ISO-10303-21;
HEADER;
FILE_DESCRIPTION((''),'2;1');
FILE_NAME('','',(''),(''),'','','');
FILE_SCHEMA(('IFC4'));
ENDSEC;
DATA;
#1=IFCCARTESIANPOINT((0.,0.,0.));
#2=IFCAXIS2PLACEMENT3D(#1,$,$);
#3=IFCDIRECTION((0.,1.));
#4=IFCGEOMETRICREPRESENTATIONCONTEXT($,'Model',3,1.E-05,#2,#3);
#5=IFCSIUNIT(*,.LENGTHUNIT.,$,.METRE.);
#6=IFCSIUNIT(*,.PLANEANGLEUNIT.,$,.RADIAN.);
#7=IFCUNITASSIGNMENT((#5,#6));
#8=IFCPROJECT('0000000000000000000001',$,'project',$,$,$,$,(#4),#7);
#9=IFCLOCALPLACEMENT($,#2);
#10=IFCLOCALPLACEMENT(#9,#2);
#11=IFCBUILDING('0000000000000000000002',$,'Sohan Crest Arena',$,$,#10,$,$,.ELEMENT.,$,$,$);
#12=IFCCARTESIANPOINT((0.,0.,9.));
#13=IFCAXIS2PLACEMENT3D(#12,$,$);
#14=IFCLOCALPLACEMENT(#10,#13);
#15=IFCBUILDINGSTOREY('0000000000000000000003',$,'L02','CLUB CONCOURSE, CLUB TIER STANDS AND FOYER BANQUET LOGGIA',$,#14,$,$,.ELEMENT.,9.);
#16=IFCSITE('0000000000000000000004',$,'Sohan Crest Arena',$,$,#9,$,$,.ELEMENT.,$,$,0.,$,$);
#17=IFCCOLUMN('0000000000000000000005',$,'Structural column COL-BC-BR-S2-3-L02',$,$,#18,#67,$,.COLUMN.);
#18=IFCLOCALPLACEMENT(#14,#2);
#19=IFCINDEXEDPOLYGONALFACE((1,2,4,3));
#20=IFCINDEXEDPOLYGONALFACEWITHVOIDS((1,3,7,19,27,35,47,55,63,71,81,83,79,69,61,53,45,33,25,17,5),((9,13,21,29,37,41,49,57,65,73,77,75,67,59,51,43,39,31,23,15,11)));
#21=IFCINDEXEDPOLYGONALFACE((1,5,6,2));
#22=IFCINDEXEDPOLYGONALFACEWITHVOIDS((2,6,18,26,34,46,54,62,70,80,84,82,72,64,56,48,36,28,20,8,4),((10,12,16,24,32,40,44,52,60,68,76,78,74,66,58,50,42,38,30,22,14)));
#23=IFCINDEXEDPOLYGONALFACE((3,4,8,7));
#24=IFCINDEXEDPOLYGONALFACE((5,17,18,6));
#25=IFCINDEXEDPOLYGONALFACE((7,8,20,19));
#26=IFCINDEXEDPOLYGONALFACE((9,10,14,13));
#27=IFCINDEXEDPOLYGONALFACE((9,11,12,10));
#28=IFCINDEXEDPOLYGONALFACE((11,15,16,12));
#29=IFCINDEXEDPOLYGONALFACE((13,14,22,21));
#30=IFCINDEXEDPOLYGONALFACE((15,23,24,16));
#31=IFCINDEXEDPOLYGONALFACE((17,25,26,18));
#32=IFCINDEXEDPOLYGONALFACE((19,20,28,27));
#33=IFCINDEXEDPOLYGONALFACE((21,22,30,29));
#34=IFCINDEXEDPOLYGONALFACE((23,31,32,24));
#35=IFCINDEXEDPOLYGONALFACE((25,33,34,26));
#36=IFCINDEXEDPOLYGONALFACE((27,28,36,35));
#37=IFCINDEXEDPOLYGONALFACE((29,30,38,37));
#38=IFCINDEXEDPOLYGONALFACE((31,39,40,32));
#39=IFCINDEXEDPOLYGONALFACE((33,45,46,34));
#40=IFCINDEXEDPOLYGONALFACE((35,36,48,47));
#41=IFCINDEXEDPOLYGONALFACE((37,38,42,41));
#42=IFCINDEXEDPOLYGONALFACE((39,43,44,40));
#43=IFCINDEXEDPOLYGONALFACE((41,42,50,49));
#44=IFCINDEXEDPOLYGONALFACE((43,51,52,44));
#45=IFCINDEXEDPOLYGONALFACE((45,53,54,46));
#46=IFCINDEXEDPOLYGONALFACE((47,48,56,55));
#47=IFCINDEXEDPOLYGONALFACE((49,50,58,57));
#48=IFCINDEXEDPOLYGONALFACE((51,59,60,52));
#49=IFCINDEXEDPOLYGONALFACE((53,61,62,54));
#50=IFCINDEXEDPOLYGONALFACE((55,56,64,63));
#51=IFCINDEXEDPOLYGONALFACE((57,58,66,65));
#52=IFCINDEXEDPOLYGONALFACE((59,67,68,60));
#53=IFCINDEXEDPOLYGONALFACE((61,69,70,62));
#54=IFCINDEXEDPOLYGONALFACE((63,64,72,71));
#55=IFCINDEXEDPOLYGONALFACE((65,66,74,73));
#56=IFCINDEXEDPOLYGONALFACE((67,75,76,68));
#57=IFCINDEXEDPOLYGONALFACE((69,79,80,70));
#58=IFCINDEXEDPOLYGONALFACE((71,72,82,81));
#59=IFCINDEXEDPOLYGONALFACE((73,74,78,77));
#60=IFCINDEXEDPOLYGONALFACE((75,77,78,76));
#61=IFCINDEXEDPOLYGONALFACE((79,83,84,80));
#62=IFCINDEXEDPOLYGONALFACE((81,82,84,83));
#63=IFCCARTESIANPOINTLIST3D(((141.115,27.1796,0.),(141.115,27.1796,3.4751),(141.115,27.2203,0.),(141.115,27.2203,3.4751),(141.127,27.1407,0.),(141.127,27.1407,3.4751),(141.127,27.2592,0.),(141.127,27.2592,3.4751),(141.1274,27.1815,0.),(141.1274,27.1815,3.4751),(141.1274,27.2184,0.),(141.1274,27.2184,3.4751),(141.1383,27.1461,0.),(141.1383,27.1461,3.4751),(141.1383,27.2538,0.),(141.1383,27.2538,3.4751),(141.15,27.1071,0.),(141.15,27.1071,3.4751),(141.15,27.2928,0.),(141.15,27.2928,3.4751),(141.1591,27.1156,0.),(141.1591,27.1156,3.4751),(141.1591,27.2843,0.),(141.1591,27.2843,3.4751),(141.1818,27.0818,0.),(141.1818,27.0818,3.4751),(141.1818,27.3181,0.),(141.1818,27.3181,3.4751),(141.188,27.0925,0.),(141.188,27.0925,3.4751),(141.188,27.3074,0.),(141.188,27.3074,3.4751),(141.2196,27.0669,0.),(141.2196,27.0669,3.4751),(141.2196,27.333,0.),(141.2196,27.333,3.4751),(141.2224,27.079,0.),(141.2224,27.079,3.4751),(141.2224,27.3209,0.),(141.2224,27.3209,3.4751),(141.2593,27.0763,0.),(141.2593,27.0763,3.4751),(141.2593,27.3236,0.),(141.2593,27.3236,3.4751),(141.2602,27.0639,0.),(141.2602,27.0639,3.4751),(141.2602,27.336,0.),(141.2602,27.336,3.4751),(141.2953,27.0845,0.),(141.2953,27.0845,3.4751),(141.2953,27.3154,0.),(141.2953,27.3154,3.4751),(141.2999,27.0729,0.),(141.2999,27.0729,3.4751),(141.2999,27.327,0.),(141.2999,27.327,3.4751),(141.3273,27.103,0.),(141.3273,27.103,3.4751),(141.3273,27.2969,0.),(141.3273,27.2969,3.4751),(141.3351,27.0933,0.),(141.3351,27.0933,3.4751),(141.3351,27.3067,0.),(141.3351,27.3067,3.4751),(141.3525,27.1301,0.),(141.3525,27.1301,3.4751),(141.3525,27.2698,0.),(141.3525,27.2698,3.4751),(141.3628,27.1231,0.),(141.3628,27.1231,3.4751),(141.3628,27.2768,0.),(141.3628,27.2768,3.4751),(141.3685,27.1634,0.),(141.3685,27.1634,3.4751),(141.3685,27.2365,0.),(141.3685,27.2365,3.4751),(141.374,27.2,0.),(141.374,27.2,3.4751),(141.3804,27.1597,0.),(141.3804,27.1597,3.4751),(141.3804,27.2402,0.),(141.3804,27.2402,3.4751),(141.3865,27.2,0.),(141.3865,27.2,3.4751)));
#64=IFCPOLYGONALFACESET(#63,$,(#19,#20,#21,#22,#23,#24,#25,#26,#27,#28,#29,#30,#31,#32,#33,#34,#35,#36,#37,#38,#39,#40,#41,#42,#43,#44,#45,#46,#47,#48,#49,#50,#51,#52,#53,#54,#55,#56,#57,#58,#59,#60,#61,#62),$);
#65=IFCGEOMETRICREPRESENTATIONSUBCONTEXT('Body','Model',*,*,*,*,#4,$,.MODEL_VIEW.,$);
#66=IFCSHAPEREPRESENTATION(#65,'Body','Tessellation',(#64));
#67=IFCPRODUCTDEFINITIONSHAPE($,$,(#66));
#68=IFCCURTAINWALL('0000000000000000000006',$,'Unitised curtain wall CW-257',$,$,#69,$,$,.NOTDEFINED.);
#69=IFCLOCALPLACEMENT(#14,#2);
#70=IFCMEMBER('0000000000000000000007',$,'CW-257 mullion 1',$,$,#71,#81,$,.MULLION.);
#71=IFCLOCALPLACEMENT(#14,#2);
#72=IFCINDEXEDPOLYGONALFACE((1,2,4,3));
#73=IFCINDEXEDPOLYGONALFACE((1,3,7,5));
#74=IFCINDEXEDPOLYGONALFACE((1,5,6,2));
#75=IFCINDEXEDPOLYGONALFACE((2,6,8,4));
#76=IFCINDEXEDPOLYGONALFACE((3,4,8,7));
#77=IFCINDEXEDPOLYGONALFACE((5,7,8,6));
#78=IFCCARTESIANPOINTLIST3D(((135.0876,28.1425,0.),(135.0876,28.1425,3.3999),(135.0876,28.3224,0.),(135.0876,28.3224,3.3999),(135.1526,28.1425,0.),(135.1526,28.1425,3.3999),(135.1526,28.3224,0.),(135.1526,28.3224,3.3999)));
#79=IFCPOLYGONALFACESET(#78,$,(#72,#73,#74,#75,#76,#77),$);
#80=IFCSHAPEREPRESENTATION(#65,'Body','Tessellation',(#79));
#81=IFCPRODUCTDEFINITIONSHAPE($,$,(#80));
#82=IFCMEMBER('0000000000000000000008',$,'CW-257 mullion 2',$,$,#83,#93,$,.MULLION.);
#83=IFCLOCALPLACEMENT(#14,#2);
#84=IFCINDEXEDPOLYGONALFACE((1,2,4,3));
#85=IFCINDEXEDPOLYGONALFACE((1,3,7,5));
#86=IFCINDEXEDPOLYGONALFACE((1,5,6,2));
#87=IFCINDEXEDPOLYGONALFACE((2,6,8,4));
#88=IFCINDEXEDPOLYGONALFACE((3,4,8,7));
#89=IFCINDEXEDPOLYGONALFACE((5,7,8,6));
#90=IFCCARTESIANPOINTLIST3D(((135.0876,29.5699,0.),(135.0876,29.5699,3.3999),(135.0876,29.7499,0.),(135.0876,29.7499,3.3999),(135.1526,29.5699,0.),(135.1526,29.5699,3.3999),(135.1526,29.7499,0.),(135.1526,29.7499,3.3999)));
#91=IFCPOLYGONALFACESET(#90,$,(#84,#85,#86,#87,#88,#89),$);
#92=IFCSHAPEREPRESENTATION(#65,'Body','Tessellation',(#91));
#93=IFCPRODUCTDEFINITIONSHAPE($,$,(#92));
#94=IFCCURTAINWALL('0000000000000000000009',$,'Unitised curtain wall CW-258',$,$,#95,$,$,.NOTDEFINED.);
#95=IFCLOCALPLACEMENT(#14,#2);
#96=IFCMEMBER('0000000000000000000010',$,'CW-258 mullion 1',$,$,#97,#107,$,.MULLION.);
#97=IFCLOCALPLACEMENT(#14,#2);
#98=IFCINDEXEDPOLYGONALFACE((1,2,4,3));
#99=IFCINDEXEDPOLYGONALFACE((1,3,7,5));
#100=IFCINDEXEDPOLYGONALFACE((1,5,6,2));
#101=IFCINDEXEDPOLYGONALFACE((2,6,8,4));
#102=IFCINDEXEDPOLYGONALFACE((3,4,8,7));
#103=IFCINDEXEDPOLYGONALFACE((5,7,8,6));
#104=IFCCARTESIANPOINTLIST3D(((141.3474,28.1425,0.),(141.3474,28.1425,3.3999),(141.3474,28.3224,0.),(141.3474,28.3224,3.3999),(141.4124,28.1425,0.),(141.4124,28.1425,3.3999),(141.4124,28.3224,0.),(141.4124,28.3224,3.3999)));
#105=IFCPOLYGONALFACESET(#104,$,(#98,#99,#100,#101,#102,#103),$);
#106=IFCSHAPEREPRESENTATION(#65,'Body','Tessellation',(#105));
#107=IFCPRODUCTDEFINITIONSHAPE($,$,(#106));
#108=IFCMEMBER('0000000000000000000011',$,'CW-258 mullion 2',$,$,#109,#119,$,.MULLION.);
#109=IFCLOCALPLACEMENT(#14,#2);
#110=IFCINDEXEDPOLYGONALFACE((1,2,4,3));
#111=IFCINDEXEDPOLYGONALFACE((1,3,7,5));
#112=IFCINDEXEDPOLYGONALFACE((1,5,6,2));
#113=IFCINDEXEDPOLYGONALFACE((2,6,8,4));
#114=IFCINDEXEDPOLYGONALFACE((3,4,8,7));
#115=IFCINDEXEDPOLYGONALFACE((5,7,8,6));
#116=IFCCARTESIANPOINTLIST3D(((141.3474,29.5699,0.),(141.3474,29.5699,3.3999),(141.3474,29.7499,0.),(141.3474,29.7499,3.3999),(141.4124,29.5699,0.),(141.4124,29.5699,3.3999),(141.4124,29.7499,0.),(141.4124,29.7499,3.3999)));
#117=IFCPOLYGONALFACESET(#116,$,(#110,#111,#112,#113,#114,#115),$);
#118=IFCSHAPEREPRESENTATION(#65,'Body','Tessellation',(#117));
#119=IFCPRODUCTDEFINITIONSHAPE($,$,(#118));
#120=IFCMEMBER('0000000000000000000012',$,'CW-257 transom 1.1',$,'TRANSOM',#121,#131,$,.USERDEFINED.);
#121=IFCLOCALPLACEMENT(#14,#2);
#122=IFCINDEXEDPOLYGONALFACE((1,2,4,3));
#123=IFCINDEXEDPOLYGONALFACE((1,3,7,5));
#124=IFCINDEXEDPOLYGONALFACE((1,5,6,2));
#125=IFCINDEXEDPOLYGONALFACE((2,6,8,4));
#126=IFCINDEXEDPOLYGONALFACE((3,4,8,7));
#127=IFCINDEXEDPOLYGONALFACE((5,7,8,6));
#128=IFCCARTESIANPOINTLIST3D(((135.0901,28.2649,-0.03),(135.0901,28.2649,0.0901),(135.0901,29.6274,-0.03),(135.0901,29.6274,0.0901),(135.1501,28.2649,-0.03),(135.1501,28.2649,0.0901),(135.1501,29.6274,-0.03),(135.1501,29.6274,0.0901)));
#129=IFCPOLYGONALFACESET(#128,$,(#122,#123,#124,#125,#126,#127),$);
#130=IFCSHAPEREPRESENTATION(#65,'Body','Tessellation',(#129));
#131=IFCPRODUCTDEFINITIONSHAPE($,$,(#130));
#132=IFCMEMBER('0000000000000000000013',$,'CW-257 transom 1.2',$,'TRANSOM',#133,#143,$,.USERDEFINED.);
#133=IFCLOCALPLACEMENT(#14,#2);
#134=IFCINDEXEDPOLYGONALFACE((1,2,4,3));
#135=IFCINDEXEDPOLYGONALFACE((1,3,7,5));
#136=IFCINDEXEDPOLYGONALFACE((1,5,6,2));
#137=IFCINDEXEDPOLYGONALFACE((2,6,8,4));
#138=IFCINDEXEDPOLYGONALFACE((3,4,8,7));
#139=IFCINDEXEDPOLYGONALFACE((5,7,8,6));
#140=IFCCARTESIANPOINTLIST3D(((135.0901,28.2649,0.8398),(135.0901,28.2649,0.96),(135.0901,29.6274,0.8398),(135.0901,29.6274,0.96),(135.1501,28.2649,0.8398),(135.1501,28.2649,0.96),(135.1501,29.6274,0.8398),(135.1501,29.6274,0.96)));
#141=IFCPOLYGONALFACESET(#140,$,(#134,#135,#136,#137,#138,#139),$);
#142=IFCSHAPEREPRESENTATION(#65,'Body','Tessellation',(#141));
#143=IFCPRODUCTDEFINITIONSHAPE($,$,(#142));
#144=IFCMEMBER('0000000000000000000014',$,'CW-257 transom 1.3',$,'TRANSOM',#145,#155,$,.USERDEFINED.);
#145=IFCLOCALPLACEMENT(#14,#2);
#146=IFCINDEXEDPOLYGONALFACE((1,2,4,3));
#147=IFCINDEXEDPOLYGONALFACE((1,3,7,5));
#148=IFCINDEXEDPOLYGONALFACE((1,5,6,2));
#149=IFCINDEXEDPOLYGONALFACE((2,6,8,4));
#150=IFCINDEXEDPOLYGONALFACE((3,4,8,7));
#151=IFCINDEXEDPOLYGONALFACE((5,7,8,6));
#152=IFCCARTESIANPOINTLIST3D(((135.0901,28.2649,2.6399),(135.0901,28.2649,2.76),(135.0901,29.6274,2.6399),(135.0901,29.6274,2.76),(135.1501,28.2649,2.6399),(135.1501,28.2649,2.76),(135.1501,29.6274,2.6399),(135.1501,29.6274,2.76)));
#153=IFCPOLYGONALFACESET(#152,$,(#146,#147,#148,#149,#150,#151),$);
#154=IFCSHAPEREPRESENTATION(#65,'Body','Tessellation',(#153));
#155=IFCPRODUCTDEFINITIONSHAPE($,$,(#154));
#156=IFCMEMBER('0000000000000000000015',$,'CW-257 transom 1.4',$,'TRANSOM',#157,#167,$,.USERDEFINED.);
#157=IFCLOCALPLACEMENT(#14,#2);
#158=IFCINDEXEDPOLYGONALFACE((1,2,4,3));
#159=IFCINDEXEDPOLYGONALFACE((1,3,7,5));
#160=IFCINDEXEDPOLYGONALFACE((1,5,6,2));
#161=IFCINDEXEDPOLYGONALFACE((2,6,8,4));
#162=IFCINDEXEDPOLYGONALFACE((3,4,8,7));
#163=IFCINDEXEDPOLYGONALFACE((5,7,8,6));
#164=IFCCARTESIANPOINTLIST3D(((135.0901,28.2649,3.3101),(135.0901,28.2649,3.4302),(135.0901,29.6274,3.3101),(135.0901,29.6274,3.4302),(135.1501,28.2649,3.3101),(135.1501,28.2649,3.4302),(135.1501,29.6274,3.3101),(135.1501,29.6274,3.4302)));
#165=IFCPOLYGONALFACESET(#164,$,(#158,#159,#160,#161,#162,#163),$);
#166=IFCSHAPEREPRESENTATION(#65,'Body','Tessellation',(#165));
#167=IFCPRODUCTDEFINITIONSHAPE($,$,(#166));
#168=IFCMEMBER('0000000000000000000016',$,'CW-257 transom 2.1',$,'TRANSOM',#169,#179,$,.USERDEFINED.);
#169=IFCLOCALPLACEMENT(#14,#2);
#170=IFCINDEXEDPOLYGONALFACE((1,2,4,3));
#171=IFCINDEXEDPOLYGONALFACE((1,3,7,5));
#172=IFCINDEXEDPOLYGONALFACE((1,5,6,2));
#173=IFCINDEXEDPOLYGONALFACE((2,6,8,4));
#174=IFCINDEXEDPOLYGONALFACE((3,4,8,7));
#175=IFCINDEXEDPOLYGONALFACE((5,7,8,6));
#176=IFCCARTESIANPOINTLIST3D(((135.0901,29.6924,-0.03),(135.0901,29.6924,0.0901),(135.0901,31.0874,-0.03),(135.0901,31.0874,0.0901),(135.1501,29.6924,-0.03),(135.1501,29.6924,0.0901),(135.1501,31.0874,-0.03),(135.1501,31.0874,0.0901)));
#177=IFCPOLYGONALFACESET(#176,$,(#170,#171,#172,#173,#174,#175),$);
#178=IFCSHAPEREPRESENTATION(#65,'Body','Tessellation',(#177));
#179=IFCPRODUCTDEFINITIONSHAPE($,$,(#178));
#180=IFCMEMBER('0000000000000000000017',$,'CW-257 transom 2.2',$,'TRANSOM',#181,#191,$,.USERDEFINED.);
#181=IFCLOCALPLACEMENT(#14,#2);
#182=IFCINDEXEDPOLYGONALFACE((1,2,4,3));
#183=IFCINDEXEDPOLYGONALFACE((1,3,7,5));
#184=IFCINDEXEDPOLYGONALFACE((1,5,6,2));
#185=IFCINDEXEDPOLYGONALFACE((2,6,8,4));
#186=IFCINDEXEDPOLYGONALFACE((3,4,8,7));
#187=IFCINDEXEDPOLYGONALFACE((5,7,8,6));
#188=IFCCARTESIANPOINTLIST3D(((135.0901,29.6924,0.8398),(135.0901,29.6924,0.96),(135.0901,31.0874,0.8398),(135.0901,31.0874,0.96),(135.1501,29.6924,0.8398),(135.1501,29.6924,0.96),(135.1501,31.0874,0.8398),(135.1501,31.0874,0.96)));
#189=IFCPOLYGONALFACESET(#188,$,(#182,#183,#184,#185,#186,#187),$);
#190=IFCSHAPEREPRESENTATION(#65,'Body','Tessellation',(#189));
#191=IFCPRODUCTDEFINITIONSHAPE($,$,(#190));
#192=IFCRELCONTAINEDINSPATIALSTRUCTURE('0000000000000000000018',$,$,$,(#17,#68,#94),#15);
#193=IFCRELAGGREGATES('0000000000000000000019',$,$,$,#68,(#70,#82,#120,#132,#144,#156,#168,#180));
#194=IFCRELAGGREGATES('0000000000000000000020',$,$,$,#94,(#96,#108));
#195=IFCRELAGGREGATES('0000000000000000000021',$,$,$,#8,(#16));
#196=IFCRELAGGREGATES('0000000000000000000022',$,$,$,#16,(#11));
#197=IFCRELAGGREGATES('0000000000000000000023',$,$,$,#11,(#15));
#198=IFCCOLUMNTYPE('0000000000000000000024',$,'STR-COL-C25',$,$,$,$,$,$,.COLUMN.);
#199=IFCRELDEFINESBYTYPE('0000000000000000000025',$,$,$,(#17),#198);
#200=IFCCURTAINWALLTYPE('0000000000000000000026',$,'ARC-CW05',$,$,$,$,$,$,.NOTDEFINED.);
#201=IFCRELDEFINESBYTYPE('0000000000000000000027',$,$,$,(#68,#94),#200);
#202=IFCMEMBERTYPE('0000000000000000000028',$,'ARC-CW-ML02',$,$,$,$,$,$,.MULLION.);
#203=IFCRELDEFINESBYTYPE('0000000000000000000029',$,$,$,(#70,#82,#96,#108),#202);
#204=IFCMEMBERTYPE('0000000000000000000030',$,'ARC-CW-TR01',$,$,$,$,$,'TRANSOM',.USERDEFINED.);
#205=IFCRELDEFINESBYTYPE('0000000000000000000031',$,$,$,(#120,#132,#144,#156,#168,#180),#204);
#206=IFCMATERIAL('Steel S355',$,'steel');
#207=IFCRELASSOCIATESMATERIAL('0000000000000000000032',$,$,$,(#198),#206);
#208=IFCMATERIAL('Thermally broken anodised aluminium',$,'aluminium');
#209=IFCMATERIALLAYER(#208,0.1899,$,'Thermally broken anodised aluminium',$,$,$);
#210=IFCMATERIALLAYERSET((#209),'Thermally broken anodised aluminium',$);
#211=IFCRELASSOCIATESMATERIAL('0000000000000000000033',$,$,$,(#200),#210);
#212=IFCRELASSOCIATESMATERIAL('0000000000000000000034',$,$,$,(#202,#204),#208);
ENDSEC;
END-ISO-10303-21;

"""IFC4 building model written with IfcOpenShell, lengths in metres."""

from ifc_helpers import new_model, si_unit, direction, frame, origin, origin_2d, place, context, subcontext, project, spatial, rectangle, hollow_circle, extrude, material, layer, layer_set, material_profile, profile_set, type_object, element, aggregate, save


model = new_model("IFC4")

# Units and contexts
model_context = context("Model", 3, precision=1e-05, world=origin(), true_north=direction((0.0, 1.0)))
body_context = subcontext(model_context, "Body", "Model", "MODEL_VIEW")
ifc_project = project(units=[si_unit("LENGTHUNIT", "METRE"), si_unit("PLANEANGLEUNIT", "RADIAN")], contexts=[model_context])

# Site, building, storey
site_placement = place(None, origin())
site = spatial("IfcSite", under=ifc_project, at=site_placement, Name="Sohan Crest Arena", CompositionType="ELEMENT", RefElevation=0.0)
building_placement = place(site_placement, origin())
building = spatial("IfcBuilding", under=site, at=building_placement, Name="Sohan Crest Arena", CompositionType="ELEMENT")
storey_placement = place(building_placement, frame((0.0, 0.0, 9.0)))
storey = spatial("IfcBuildingStorey", under=building, at=storey_placement, Name="L02", Description="CLUB CONCOURSE, CLUB TIER STANDS AND FOYER BANQUET LOGGIA", CompositionType="ELEMENT", Elevation=9.0)

# Column
ifc_material_1 = material(Name="Steel S355", Category="steel")
ifc_material_profile_1 = material_profile(ifc_material_1, hollow_circle(Radius=0.1365, WallThickness=0.0125, at=origin_2d()), Name="CHS 273x12.5")
ifc_profile_set_1 = profile_set([ifc_material_profile_1], Name="Steel S355")
column_type = type_object("IfcColumnType", Name="STR-COL-C25", PredefinedType="COLUMN", material=ifc_profile_set_1)
column_placement = place(storey_placement, frame((141.25, 27.2, 0.0), z_axis=(0.0, 0.0, 1.0), x_axis=(1.0, 0.0, 0.0)))
element("IfcColumn", 1, at=column_placement, inside=storey, type_object=column_type, Name="Structural column COL-BC-BR-S2-3-L02", PredefinedType="COLUMN", context=body_context, shape_type="SweptSolid", body=[
    extrude(hollow_circle(Radius=0.1365, WallThickness=0.0125, at=origin_2d()), origin(), (0.0, 0.0, 1.0), 3.4751),
])

# Curtain walls, members
ifc_material_2 = material(Name="Thermally broken anodised aluminium", Category="aluminium")
ifc_layer_1 = layer(ifc_material_2, 0.1899, Name="Thermally broken anodised aluminium")
ifc_layer_set_1 = layer_set([ifc_layer_1], Name="Thermally broken anodised aluminium")
curtain_wall_type = type_object("IfcCurtainWallType", Name="ARC-CW05", PredefinedType="NOTDEFINED", material=ifc_layer_set_1)
curtain_wall_1_placement = place(storey_placement, origin())
curtain_wall_1 = element("IfcCurtainWall", 2, at=curtain_wall_1_placement, inside=storey, type_object=curtain_wall_type, Name="Unitised curtain wall CW-257", PredefinedType="NOTDEFINED")
ifc_material_profile_2 = material_profile(ifc_material_2, rectangle(XDim=0.0649, YDim=0.1799, at=origin_2d()), Name="ALU-MULL 65x180")
ifc_profile_set_2 = profile_set([ifc_material_profile_2], Name="Thermally broken anodised aluminium")
member_type_1 = type_object("IfcMemberType", Name="ARC-CW-ML02", PredefinedType="MULLION", material=ifc_profile_set_2)
member_1_placement = place(storey_placement, frame((135.1201, 28.2324, 0.0), z_axis=(0.0, 0.0, 1.0), x_axis=(-1.0, 0.0, 0.0)))
member_1 = element("IfcMember", 3, at=member_1_placement, type_object=member_type_1, Name="CW-257 mullion 1", PredefinedType="MULLION", context=body_context, shape_type="SweptSolid", body=[
    extrude(rectangle(XDim=0.0649, YDim=0.1799, at=origin_2d()), origin(), (0.0, 0.0, 1.0), 3.3999),
])
member_2_placement = place(storey_placement, frame((135.1201, 29.6599, 0.0), z_axis=(0.0, 0.0, 1.0), x_axis=(-1.0, 0.0, 0.0)))
member_2 = element("IfcMember", 4, at=member_2_placement, type_object=member_type_1, Name="CW-257 mullion 2", PredefinedType="MULLION", context=body_context, shape_type="SweptSolid", body=[
    extrude(rectangle(XDim=0.0649, YDim=0.1799, at=origin_2d()), origin(), (0.0, 0.0, 1.0), 3.3999),
])
curtain_wall_2_placement = place(storey_placement, origin())
curtain_wall_2 = element("IfcCurtainWall", 5, at=curtain_wall_2_placement, inside=storey, type_object=curtain_wall_type, Name="Unitised curtain wall CW-258", PredefinedType="NOTDEFINED")
member_3_placement = place(storey_placement, frame((141.3799, 28.2324, 0.0), z_axis=(0.0, 0.0, 1.0), x_axis=(-1.0, 0.0, 0.0)))
member_3 = element("IfcMember", 6, at=member_3_placement, type_object=member_type_1, Name="CW-258 mullion 1", PredefinedType="MULLION", context=body_context, shape_type="SweptSolid", body=[
    extrude(rectangle(XDim=0.0649, YDim=0.1799, at=origin_2d()), origin(), (0.0, 0.0, 1.0), 3.3999),
])
member_4_placement = place(storey_placement, frame((141.3799, 29.6599, 0.0), z_axis=(0.0, 0.0, 1.0), x_axis=(-1.0, 0.0, 0.0)))
member_4 = element("IfcMember", 7, at=member_4_placement, type_object=member_type_1, Name="CW-258 mullion 2", PredefinedType="MULLION", context=body_context, shape_type="SweptSolid", body=[
    extrude(rectangle(XDim=0.0649, YDim=0.1799, at=origin_2d()), origin(), (0.0, 0.0, 1.0), 3.3999),
])

# Members
ifc_material_profile_3 = material_profile(ifc_material_2, rectangle(XDim=0.0601, YDim=0.1201, at=origin_2d()), Name="ALU-TRAN 60x120")
ifc_profile_set_3 = profile_set([ifc_material_profile_3], Name="Thermally broken anodised aluminium")
member_type_2 = type_object("IfcMemberType", Name="ARC-CW-TR01", ElementType="TRANSOM", PredefinedType="USERDEFINED", material=ifc_profile_set_3)
member_5_placement = place(storey_placement, frame((135.1201, 28.2649, 0.03), z_axis=(0.0, 1.0, 0.0), x_axis=(-1.0, 0.0, 0.0)))
member_5 = element("IfcMember", 8, at=member_5_placement, type_object=member_type_2, Name="CW-257 transom 1.1", ObjectType="TRANSOM", PredefinedType="USERDEFINED", context=body_context, shape_type="SweptSolid", body=[
    extrude(rectangle(XDim=0.0601, YDim=0.1201, at=origin_2d()), origin(), (0.0, 0.0, 1.0), 1.3625),
])
member_6_placement = place(storey_placement, frame((135.1201, 28.2649, 0.8999), z_axis=(0.0, 1.0, 0.0), x_axis=(-1.0, 0.0, 0.0)))
member_6 = element("IfcMember", 9, at=member_6_placement, type_object=member_type_2, Name="CW-257 transom 1.2", ObjectType="TRANSOM", PredefinedType="USERDEFINED", context=body_context, shape_type="SweptSolid", body=[
    extrude(rectangle(XDim=0.0601, YDim=0.1201, at=origin_2d()), origin(), (0.0, 0.0, 1.0), 1.3625),
])
member_7_placement = place(storey_placement, frame((135.1201, 28.2649, 2.7), z_axis=(0.0, 1.0, 0.0), x_axis=(-1.0, 0.0, 0.0)))
member_7 = element("IfcMember", 10, at=member_7_placement, type_object=member_type_2, Name="CW-257 transom 1.3", ObjectType="TRANSOM", PredefinedType="USERDEFINED", context=body_context, shape_type="SweptSolid", body=[
    extrude(rectangle(XDim=0.0601, YDim=0.1201, at=origin_2d()), origin(), (0.0, 0.0, 1.0), 1.3625),
])
member_8_placement = place(storey_placement, frame((135.1201, 28.2649, 3.3701), z_axis=(0.0, 1.0, 0.0), x_axis=(-1.0, 0.0, 0.0)))
member_8 = element("IfcMember", 11, at=member_8_placement, type_object=member_type_2, Name="CW-257 transom 1.4", ObjectType="TRANSOM", PredefinedType="USERDEFINED", context=body_context, shape_type="SweptSolid", body=[
    extrude(rectangle(XDim=0.0601, YDim=0.1201, at=origin_2d()), origin(), (0.0, 0.0, 1.0), 1.3625),
])
member_9_placement = place(storey_placement, frame((135.1201, 29.6924, 0.03), z_axis=(0.0, 1.0, 0.0), x_axis=(-1.0, 0.0, 0.0)))
member_9 = element("IfcMember", 12, at=member_9_placement, type_object=member_type_2, Name="CW-257 transom 2.1", ObjectType="TRANSOM", PredefinedType="USERDEFINED", context=body_context, shape_type="SweptSolid", body=[
    extrude(rectangle(XDim=0.0601, YDim=0.1201, at=origin_2d()), origin(), (0.0, 0.0, 1.0), 1.395),
])
member_10_placement = place(storey_placement, frame((135.1201, 29.6924, 0.8999), z_axis=(0.0, 1.0, 0.0), x_axis=(-1.0, 0.0, 0.0)))
member_10 = element("IfcMember", 13, at=member_10_placement, type_object=member_type_2, Name="CW-257 transom 2.2", ObjectType="TRANSOM", PredefinedType="USERDEFINED", context=body_context, shape_type="SweptSolid", body=[
    extrude(rectangle(XDim=0.0601, YDim=0.1201, at=origin_2d()), origin(), (0.0, 0.0, 1.0), 1.395),
])

aggregate(curtain_wall_1, [member_1, member_2, member_5, member_6, member_7, member_8, member_9, member_10])
aggregate(curtain_wall_2, [member_3, member_4])

save(model, "model.ifc")
